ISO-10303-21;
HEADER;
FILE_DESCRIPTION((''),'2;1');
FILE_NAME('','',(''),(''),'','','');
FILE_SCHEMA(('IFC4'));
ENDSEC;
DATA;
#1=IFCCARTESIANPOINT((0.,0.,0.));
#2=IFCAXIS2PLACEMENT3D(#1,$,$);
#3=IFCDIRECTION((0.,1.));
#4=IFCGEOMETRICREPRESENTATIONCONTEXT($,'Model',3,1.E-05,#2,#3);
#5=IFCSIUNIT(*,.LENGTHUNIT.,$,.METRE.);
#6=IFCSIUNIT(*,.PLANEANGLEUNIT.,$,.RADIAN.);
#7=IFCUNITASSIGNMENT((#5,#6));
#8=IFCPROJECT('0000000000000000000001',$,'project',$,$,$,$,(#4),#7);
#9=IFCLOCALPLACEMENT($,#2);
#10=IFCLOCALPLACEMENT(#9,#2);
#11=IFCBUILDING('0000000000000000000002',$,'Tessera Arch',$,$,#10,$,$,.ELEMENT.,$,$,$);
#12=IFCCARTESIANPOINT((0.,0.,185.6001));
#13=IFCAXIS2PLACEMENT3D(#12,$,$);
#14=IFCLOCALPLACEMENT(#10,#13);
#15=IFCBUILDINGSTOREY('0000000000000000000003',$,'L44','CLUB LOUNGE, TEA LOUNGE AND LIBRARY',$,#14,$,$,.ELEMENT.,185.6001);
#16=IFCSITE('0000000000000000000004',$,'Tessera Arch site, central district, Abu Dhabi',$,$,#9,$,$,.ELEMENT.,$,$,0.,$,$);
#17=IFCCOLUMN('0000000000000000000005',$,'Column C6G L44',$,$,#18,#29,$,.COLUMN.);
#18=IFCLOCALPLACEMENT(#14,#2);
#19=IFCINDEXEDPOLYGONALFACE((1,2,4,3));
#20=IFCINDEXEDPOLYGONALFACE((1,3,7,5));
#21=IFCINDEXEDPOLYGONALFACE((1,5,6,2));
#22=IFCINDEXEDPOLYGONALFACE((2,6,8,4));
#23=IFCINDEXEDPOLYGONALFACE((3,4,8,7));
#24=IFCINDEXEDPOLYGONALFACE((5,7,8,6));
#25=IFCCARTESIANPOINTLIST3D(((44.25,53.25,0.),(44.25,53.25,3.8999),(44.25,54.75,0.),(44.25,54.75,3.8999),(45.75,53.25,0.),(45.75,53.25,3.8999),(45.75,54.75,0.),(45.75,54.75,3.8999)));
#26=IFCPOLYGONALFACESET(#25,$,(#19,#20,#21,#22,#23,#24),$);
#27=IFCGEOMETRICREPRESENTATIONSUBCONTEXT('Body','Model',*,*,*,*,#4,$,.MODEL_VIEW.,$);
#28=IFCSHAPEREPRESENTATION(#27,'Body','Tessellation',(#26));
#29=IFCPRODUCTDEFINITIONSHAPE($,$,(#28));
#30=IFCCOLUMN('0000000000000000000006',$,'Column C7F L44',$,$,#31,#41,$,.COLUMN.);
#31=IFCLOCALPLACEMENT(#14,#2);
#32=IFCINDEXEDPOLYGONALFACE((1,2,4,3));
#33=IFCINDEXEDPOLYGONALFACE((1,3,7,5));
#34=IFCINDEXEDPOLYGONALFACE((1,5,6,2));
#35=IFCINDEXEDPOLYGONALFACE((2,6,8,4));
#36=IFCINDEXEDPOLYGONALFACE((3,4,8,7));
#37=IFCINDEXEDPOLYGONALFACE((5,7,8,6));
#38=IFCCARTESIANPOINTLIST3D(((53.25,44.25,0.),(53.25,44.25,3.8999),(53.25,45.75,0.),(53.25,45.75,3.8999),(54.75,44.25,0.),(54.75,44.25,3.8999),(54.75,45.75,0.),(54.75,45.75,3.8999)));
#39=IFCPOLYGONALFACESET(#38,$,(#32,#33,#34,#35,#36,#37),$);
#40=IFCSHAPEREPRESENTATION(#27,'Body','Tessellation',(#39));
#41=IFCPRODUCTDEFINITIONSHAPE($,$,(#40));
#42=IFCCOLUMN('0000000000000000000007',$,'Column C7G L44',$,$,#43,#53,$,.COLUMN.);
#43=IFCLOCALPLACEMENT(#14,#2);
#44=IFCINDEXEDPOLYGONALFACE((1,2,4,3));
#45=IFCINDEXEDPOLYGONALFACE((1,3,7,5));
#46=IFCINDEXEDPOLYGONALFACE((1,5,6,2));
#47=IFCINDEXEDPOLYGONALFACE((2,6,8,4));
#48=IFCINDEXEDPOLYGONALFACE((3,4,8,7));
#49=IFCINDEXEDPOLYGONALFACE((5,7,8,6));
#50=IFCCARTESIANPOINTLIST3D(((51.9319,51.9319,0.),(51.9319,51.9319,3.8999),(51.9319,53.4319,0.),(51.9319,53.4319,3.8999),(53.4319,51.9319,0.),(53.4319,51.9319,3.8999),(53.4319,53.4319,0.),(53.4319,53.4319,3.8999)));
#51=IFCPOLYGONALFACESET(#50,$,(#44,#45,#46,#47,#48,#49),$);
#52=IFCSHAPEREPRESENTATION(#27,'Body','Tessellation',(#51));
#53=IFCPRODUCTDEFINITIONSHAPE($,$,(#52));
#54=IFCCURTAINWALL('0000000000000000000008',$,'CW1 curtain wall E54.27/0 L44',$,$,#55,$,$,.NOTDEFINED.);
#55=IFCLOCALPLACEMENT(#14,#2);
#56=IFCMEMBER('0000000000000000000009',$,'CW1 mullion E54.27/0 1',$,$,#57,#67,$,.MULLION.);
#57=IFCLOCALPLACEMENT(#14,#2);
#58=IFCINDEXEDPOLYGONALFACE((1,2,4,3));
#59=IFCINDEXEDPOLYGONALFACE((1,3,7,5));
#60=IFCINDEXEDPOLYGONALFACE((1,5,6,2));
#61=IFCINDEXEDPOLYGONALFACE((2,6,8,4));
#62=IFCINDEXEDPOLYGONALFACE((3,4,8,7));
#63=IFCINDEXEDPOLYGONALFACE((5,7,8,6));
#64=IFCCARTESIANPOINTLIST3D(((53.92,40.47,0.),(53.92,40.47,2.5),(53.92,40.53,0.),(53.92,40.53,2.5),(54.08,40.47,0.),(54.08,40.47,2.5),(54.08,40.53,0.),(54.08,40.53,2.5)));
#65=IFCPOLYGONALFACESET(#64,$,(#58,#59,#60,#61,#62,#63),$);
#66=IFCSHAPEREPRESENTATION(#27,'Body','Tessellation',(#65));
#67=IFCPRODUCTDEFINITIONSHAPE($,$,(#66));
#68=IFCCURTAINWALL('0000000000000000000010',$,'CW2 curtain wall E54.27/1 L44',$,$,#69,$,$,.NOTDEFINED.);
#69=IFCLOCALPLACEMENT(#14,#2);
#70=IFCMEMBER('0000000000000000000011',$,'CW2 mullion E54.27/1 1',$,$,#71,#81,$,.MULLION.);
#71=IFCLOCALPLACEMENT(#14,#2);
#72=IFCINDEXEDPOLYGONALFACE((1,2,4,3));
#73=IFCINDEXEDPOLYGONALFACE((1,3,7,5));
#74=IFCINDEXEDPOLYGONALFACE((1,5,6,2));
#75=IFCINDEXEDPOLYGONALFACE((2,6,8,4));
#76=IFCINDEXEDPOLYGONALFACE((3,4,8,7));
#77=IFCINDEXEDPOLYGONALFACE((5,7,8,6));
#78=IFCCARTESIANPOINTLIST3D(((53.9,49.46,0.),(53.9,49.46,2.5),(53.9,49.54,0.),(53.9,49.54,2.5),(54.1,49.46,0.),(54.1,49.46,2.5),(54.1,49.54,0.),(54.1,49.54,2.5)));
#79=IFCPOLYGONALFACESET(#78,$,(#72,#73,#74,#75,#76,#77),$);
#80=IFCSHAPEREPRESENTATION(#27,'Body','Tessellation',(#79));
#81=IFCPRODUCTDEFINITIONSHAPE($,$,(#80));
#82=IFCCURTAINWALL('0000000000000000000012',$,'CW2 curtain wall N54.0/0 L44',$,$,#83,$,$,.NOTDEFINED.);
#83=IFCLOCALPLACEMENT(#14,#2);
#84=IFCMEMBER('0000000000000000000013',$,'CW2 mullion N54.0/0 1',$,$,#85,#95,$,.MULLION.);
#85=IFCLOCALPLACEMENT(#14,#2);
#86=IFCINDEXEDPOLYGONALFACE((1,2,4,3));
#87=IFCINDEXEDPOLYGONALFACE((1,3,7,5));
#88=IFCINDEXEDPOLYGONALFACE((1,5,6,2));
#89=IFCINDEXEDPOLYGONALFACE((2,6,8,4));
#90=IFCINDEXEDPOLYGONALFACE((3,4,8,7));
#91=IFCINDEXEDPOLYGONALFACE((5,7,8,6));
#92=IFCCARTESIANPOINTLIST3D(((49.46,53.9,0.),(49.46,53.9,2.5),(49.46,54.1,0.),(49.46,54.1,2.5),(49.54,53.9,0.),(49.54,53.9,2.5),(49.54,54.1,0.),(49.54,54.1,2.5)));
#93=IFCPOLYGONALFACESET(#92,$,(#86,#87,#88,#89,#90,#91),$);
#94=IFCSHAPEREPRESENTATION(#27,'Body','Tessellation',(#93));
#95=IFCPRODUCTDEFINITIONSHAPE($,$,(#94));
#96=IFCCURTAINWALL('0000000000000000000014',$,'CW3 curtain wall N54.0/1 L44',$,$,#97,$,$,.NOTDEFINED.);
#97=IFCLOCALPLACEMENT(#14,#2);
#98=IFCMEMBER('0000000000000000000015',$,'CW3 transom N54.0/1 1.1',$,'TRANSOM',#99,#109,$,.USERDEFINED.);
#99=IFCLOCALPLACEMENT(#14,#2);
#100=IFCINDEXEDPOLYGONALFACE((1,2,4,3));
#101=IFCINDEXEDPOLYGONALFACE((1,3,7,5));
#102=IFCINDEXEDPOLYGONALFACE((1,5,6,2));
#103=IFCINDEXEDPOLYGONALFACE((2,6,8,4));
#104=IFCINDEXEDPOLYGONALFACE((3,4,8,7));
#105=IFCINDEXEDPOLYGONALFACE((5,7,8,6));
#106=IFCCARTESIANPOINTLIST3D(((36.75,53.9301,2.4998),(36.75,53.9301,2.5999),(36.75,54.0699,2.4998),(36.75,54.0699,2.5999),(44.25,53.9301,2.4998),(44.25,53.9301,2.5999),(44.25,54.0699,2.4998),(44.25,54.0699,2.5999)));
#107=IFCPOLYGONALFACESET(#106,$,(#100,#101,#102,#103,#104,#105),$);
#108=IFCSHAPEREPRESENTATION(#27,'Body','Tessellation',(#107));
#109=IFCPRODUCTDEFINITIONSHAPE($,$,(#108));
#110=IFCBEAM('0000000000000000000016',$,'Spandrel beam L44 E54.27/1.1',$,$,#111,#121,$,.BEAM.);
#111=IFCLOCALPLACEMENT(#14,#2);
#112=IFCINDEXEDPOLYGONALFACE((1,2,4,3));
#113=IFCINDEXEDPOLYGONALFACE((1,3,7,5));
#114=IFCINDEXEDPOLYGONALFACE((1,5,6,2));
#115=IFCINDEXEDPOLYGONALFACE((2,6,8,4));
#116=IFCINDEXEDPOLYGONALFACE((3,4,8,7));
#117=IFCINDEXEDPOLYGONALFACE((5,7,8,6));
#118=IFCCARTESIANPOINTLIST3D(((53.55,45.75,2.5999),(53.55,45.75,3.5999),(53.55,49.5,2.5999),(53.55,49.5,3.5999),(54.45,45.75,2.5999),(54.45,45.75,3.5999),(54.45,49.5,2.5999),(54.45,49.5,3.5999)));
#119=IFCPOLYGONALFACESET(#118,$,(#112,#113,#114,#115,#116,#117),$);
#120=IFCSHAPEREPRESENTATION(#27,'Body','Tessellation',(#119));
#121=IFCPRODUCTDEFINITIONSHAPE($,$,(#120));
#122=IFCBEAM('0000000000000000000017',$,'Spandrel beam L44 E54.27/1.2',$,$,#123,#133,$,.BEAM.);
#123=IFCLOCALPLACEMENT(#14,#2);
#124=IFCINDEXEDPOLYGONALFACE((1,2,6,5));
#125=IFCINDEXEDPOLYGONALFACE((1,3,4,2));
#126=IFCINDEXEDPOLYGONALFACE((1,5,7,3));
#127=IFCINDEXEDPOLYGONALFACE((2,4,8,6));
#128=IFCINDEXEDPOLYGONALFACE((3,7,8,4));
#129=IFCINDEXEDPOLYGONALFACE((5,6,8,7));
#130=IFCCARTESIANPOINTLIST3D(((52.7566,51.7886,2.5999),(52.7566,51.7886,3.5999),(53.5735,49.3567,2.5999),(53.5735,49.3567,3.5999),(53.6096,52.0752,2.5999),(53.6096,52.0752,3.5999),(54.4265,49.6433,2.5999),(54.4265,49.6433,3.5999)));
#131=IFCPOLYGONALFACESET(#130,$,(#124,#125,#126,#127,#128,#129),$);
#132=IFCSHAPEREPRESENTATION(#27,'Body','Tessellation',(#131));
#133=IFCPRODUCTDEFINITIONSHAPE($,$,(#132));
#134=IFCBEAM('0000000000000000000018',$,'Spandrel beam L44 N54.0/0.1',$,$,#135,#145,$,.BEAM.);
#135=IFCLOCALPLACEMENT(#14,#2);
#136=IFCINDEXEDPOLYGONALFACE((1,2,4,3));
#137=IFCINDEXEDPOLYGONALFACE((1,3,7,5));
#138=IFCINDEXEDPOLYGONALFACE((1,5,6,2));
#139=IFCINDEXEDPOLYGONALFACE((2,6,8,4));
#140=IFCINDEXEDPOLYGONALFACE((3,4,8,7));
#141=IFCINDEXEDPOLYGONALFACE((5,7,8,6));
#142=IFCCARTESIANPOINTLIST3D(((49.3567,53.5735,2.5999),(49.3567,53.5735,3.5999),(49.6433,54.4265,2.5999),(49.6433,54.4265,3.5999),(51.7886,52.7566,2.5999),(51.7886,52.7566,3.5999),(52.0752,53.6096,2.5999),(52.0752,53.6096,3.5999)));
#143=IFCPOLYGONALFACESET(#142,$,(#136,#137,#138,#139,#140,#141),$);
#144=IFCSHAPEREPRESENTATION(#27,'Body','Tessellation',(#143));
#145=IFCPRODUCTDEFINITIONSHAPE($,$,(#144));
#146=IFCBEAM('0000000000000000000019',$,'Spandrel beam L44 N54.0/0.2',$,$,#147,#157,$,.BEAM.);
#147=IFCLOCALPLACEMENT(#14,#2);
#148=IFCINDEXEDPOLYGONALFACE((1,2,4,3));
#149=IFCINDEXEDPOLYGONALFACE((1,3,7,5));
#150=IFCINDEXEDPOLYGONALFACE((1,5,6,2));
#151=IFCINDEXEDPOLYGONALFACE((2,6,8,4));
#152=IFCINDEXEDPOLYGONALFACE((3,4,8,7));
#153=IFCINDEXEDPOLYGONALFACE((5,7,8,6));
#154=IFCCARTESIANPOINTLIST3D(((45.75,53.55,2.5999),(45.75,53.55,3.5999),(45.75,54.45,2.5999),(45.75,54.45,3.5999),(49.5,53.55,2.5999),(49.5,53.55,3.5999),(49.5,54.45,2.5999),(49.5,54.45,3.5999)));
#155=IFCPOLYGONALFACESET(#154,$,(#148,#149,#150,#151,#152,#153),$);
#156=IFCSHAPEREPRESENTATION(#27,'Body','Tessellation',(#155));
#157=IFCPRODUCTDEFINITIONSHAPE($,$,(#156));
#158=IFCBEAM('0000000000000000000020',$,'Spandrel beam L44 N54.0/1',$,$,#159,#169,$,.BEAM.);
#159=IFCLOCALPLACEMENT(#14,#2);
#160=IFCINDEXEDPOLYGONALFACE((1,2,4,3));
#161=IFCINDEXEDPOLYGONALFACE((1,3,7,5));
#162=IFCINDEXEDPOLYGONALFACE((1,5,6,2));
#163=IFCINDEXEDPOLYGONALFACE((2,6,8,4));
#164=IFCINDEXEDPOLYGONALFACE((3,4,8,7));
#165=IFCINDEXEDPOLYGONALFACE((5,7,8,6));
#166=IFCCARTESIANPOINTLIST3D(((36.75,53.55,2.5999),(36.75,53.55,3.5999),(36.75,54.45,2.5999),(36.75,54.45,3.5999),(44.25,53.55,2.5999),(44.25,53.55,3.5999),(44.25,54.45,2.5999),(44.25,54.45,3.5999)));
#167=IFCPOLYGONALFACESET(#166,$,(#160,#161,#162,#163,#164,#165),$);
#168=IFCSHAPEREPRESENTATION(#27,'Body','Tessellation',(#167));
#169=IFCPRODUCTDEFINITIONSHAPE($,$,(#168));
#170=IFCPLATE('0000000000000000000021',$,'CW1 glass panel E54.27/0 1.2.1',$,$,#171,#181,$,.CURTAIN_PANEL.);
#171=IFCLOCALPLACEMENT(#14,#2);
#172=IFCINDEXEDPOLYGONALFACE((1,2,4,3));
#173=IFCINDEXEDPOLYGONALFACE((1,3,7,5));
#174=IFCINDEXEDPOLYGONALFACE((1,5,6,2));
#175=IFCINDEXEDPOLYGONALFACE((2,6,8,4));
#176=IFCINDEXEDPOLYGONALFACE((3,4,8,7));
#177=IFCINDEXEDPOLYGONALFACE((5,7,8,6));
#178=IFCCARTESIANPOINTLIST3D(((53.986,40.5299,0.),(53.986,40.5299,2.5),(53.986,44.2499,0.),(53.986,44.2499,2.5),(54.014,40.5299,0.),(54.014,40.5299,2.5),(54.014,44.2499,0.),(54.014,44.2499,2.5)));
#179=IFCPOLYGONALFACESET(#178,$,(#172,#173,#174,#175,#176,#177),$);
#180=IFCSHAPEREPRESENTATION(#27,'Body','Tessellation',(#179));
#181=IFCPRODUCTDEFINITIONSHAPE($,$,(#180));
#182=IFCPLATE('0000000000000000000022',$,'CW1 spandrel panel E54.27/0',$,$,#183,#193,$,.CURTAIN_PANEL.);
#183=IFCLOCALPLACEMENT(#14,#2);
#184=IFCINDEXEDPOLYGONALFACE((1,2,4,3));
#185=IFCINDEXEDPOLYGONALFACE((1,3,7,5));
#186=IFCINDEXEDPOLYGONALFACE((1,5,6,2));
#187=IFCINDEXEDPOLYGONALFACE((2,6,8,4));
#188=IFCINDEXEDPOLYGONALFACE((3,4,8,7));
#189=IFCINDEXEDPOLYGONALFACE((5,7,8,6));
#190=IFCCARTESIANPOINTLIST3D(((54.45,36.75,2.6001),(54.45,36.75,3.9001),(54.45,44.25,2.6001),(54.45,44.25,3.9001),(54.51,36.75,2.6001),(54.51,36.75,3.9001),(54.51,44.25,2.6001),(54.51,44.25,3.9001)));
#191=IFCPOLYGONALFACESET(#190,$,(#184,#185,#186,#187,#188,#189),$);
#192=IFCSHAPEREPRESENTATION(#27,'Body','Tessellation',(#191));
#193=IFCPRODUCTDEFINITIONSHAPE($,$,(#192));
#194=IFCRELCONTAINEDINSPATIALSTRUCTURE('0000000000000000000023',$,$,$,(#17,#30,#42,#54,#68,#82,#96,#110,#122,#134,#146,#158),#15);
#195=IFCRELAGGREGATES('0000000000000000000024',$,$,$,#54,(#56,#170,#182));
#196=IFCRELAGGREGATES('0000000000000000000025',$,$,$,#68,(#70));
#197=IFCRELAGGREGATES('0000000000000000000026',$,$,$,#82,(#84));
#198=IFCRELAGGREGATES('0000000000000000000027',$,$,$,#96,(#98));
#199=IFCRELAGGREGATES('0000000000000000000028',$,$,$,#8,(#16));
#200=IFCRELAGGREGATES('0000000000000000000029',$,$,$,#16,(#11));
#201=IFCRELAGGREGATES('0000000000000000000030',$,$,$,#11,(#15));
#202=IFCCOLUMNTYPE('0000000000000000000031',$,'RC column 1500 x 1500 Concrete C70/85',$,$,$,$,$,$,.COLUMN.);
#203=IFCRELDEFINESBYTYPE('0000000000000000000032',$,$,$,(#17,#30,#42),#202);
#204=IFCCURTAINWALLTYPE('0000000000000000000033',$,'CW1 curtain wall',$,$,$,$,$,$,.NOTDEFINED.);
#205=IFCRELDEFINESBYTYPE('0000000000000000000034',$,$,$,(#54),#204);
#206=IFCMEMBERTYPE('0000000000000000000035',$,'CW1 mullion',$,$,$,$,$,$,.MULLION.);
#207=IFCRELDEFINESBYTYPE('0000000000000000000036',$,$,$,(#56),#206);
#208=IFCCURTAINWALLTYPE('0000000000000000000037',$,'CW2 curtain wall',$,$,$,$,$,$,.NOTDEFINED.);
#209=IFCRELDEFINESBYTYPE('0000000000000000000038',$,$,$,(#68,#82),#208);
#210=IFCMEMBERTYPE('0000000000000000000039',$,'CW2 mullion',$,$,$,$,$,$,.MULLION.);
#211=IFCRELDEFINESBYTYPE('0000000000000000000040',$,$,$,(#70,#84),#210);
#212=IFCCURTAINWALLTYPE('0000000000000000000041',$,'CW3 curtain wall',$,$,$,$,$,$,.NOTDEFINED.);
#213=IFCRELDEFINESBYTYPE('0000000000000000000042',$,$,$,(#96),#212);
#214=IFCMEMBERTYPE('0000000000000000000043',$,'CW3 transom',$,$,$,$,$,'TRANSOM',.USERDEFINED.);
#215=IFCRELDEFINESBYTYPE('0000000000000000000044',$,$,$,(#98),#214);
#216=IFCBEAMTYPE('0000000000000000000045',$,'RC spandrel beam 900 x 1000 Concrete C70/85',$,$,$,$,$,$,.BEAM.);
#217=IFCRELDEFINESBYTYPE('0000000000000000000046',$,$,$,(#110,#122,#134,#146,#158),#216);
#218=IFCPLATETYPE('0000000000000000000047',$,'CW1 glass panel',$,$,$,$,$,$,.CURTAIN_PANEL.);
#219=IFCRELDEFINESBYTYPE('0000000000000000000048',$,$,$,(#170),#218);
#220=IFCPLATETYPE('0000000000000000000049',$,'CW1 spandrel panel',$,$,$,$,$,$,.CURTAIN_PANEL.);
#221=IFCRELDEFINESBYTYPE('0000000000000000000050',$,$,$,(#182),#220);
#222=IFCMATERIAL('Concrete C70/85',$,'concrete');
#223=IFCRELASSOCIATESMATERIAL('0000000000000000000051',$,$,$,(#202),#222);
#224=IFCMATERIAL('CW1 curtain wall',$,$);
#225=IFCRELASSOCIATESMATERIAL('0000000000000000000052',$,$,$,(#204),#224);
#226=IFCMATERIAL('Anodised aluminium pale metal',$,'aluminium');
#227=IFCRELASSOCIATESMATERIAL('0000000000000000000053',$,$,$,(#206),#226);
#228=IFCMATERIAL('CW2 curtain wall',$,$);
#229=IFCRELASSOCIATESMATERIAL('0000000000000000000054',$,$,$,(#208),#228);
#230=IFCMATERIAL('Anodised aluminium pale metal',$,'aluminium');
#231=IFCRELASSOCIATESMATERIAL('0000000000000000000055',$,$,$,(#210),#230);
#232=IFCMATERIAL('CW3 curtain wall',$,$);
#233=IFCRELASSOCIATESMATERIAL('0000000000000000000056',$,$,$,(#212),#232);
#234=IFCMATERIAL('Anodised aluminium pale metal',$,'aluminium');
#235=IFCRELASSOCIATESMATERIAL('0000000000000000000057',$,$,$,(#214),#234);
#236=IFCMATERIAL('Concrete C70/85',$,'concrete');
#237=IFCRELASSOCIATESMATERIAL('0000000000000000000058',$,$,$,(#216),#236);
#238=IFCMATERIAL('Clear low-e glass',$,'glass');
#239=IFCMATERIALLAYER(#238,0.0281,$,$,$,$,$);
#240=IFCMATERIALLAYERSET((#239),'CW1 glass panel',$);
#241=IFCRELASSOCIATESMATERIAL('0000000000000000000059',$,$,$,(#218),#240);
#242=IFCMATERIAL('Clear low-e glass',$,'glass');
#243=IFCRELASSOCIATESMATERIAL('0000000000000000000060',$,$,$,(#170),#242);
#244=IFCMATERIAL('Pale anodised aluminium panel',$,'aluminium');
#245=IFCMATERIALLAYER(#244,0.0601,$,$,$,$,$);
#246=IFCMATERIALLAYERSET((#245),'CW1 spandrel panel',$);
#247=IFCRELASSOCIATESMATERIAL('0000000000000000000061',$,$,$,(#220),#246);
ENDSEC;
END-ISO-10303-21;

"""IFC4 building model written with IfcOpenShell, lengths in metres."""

from ifc_helpers import new_model, si_unit, direction, frame, origin, origin_2d, place, context, subcontext, project, spatial, rectangle, extrude, material, layer, layer_set, material_profile, profile_set, type_object, element, aggregate, save


model = new_model("IFC4")

# Units and contexts
model_context = context("Model", 3, precision=1e-05, world=origin(), true_north=direction((0.0, 1.0)))
body_context = subcontext(model_context, "Body", "Model", "MODEL_VIEW")
ifc_project = project(units=[si_unit("LENGTHUNIT", "METRE"), si_unit("PLANEANGLEUNIT", "RADIAN")], contexts=[model_context])

# Site, building, storey
site_placement = place(None, origin())
site = spatial("IfcSite", under=ifc_project, at=site_placement, Name="Tessera Arch site, central district, Abu Dhabi", CompositionType="ELEMENT", RefElevation=0.0)
building_placement = place(site_placement, origin())
building = spatial("IfcBuilding", under=site, at=building_placement, Name="Tessera Arch", CompositionType="ELEMENT")
storey_placement = place(building_placement, frame((0.0, 0.0, 185.6001)))
storey = spatial("IfcBuildingStorey", under=building, at=storey_placement, Name="L44", Description="CLUB LOUNGE, TEA LOUNGE AND LIBRARY", CompositionType="ELEMENT", Elevation=185.6001)

# Columns
ifc_material_1 = material(Name="Concrete C70/85", Category="concrete")
ifc_material_profile_1 = material_profile(ifc_material_1, rectangle(XDim=1.5, YDim=1.5, at=origin_2d()), Name="RC column 1500 x 1500 Concrete C70/85")
ifc_profile_set_1 = profile_set([ifc_material_profile_1], Name="Concrete C70/85")
column_type = type_object("IfcColumnType", Name="RC column 1500 x 1500 Concrete C70/85", PredefinedType="COLUMN", material=ifc_profile_set_1)
for number, where, z_axis, x_axis, name in (
    (1, (45.0, 54.0, 0.0), (0.0, 0.0, 1.0), (1.0, 0.0, 0.0), "Column C6G L44"),
    (2, (54.0, 45.0, 0.0), (0.0, 0.0, 1.0), (1.0, 0.0, 0.0), "Column C7F L44"),
    (3, (52.6819, 52.6819, 0.0), (0.0, 0.0, 1.0), (1.0, 0.0, 0.0), "Column C7G L44"),
):
    element("IfcColumn", number, at=place(storey_placement, frame(where, z_axis=z_axis, x_axis=x_axis)), inside=storey, type_object=column_type, Name=name, PredefinedType="COLUMN", context=body_context, shape_type="SweptSolid", body=[
        extrude(rectangle(XDim=1.5, YDim=1.5, at=origin_2d()), origin(), (0.0, 0.0, 1.0), 3.8999),
    ])

# Curtain walls, members
ifc_material_2 = material(Name="CW1 curtain wall")
curtain_wall_type_1 = type_object("IfcCurtainWallType", Name="CW1 curtain wall", PredefinedType="NOTDEFINED", material=ifc_material_2)
curtain_wall_1_placement = place(storey_placement, origin())
curtain_wall_1 = element("IfcCurtainWall", 4, at=curtain_wall_1_placement, inside=storey, type_object=curtain_wall_type_1, Name="CW1 curtain wall E54.27/0 L44", PredefinedType="NOTDEFINED")
ifc_material_3 = material(Name="Anodised aluminium pale metal", Category="aluminium")
ifc_material_profile_2 = material_profile(ifc_material_3, rectangle(XDim=0.1599, YDim=0.0601, at=origin_2d()), Name="AL 60x160")
ifc_profile_set_2 = profile_set([ifc_material_profile_2], Name="Anodised aluminium pale metal")
member_type_1 = type_object("IfcMemberType", Name="CW1 mullion", PredefinedType="MULLION", material=ifc_profile_set_2)
member_1_placement = place(storey_placement, frame((54.0, 40.5, 0.0), z_axis=(0.0, 0.0, 1.0), x_axis=(-1.0, 0.0, 0.0)))
member_1 = element("IfcMember", 5, at=member_1_placement, type_object=member_type_1, Name="CW1 mullion E54.27/0 1", PredefinedType="MULLION", context=body_context, shape_type="SweptSolid", body=[
    extrude(rectangle(XDim=0.1599, YDim=0.0601, at=origin_2d()), origin(), (0.0, 0.0, 1.0), 2.5),
])
ifc_material_4 = material(Name="CW2 curtain wall")
curtain_wall_type_2 = type_object("IfcCurtainWallType", Name="CW2 curtain wall", PredefinedType="NOTDEFINED", material=ifc_material_4)
curtain_wall_2_placement = place(storey_placement, origin())
curtain_wall_2 = element("IfcCurtainWall", 6, at=curtain_wall_2_placement, inside=storey, type_object=curtain_wall_type_2, Name="CW2 curtain wall E54.27/1 L44", PredefinedType="NOTDEFINED")
ifc_material_5 = material(Name="Anodised aluminium pale metal", Category="aluminium")
ifc_material_profile_3 = material_profile(ifc_material_5, rectangle(XDim=0.2, YDim=0.0801, at=origin_2d()), Name="AL 80x200")
ifc_profile_set_3 = profile_set([ifc_material_profile_3], Name="Anodised aluminium pale metal")
member_type_2 = type_object("IfcMemberType", Name="CW2 mullion", PredefinedType="MULLION", material=ifc_profile_set_3)
member_2_placement = place(storey_placement, frame((54.0, 49.5, 0.0), z_axis=(0.0, 0.0, 1.0), x_axis=(-1.0, 0.0, 0.0)))
member_2 = element("IfcMember", 7, at=member_2_placement, type_object=member_type_2, Name="CW2 mullion E54.27/1 1", PredefinedType="MULLION", context=body_context, shape_type="SweptSolid", body=[
    extrude(rectangle(XDim=0.2, YDim=0.0801, at=origin_2d()), origin(), (0.0, 0.0, 1.0), 2.5),
])
curtain_wall_3_placement = place(storey_placement, origin())
curtain_wall_3 = element("IfcCurtainWall", 8, at=curtain_wall_3_placement, inside=storey, type_object=curtain_wall_type_2, Name="CW2 curtain wall N54.0/0 L44", PredefinedType="NOTDEFINED")
member_3_placement = place(storey_placement, frame((49.5, 54.0, 0.0), z_axis=(0.0, 0.0, 1.0), x_axis=(0.0, -1.0, 0.0)))
member_3 = element("IfcMember", 9, at=member_3_placement, type_object=member_type_2, Name="CW2 mullion N54.0/0 1", PredefinedType="MULLION", context=body_context, shape_type="SweptSolid", body=[
    extrude(rectangle(XDim=0.2, YDim=0.0801, at=origin_2d()), origin(), (0.0, 0.0, 1.0), 2.5),
])
ifc_material_6 = material(Name="CW3 curtain wall")
curtain_wall_type_3 = type_object("IfcCurtainWallType", Name="CW3 curtain wall", PredefinedType="NOTDEFINED", material=ifc_material_6)
curtain_wall_4_placement = place(storey_placement, origin())
curtain_wall_4 = element("IfcCurtainWall", 10, at=curtain_wall_4_placement, inside=storey, type_object=curtain_wall_type_3, Name="CW3 curtain wall N54.0/1 L44", PredefinedType="NOTDEFINED")
ifc_material_7 = material(Name="Anodised aluminium pale metal", Category="aluminium")
ifc_material_profile_4 = material_profile(ifc_material_7, rectangle(XDim=0.1399, YDim=0.1001, at=origin_2d()), Name="AL 140x100")
ifc_profile_set_4 = profile_set([ifc_material_profile_4], Name="Anodised aluminium pale metal")
member_type_3 = type_object("IfcMemberType", Name="CW3 transom", ElementType="TRANSOM", PredefinedType="USERDEFINED", material=ifc_profile_set_4)
member_4_placement = place(storey_placement, frame((44.25, 54.0, 2.5498), z_axis=(-1.0, 0.0, 0.0), x_axis=(0.0, -1.0, 0.0)))
member_4 = element("IfcMember", 11, at=member_4_placement, type_object=member_type_3, Name="CW3 transom N54.0/1 1.1", ObjectType="TRANSOM", PredefinedType="USERDEFINED", context=body_context, shape_type="SweptSolid", body=[
    extrude(rectangle(XDim=0.1399, YDim=0.1001, at=origin_2d()), origin(), (0.0, 0.0, 1.0), 7.5),
])

# Beams
ifc_material_8 = material(Name="Concrete C70/85", Category="concrete")
ifc_material_profile_5 = material_profile(ifc_material_8, rectangle(XDim=0.8999, YDim=1.0, at=origin_2d()), Name="RC spandrel beam 900 x 1000 Concrete C70/85")
ifc_profile_set_5 = profile_set([ifc_material_profile_5], Name="Concrete C70/85")
beam_type = type_object("IfcBeamType", Name="RC spandrel beam 900 x 1000 Concrete C70/85", PredefinedType="BEAM", material=ifc_profile_set_5)
beam_1_placement = place(storey_placement, frame((54.0, 45.75, 3.0999), z_axis=(0.0, 1.0, 0.0), x_axis=(-1.0, 0.0, 0.0)))
element("IfcBeam", 12, at=beam_1_placement, inside=storey, type_object=beam_type, Name="Spandrel beam L44 E54.27/1.1", PredefinedType="BEAM", context=body_context, shape_type="SweptSolid", body=[
    extrude(rectangle(XDim=0.8999, YDim=1.0, at=origin_2d()), origin(), (0.0, 0.0, 1.0), 3.75),
])
for number, where, z_axis, x_axis, name in (
    (13, (54.0, 49.5, 3.0999), (-0.318425, 0.947948, 0.0), (-0.947948, -0.318425, 0.0), "Spandrel beam L44 E54.27/1.2"),
    (14, (51.9319, 53.1831, 3.0999), (-0.947948, 0.318425, 0.0), (-0.318425, -0.947948, 0.0), "Spandrel beam L44 N54.0/0.1"),
):
    element("IfcBeam", number, at=place(storey_placement, frame(where, z_axis=z_axis, x_axis=x_axis)), inside=storey, type_object=beam_type, Name=name, PredefinedType="BEAM", context=body_context, shape_type="SweptSolid", body=[
        extrude(rectangle(XDim=0.8999, YDim=1.0, at=origin_2d()), origin(), (0.0, 0.0, 1.0), 2.5654),
    ])
beam_2_placement = place(storey_placement, frame((49.5, 54.0, 3.0999), z_axis=(-1.0, 0.0, 0.0), x_axis=(0.0, -1.0, 0.0)))
element("IfcBeam", 15, at=beam_2_placement, inside=storey, type_object=beam_type, Name="Spandrel beam L44 N54.0/0.2", PredefinedType="BEAM", context=body_context, shape_type="SweptSolid", body=[
    extrude(rectangle(XDim=0.8999, YDim=1.0, at=origin_2d()), origin(), (0.0, 0.0, 1.0), 3.75),
])
beam_3_placement = place(storey_placement, frame((44.25, 54.0, 3.0999), z_axis=(-1.0, 0.0, 0.0), x_axis=(0.0, -1.0, 0.0)))
element("IfcBeam", 16, at=beam_3_placement, inside=storey, type_object=beam_type, Name="Spandrel beam L44 N54.0/1", PredefinedType="BEAM", context=body_context, shape_type="SweptSolid", body=[
    extrude(rectangle(XDim=0.8999, YDim=1.0, at=origin_2d()), origin(), (0.0, 0.0, 1.0), 7.5),
])

# Plates
ifc_material_9 = material(Name="Clear low-e glass", Category="glass")
ifc_material_10 = material(Name="Clear low-e glass", Category="glass")
ifc_layer_1 = layer(ifc_material_10, 0.0281)
ifc_layer_set_1 = layer_set([ifc_layer_1], Name="CW1 glass panel")
plate_type_1 = type_object("IfcPlateType", Name="CW1 glass panel", PredefinedType="CURTAIN_PANEL", material=ifc_layer_set_1)
plate_1_placement = place(storey_placement, frame((54.0, 42.3899, 0.0), z_axis=(0.0, 0.0, 1.0), x_axis=(0.0, 1.0, 0.0)))
plate_1 = element("IfcPlate", 17, at=plate_1_placement, type_object=plate_type_1, material=ifc_material_9, Name="CW1 glass panel E54.27/0 1.2.1", PredefinedType="CURTAIN_PANEL", context=body_context, shape_type="SweptSolid", body=[
    extrude(rectangle(XDim=3.72, YDim=0.0281, at=origin_2d()), origin(), (0.0, 0.0, 1.0), 2.5),
])
ifc_material_11 = material(Name="Pale anodised aluminium panel", Category="aluminium")
ifc_layer_2 = layer(ifc_material_11, 0.0601)
ifc_layer_set_2 = layer_set([ifc_layer_2], Name="CW1 spandrel panel")
plate_type_2 = type_object("IfcPlateType", Name="CW1 spandrel panel", PredefinedType="CURTAIN_PANEL", material=ifc_layer_set_2)
plate_2_placement = place(storey_placement, frame((54.48, 40.5, 2.6001), z_axis=(0.0, 0.0, 1.0), x_axis=(0.0, 1.0, 0.0)))
plate_2 = element("IfcPlate", 18, at=plate_2_placement, type_object=plate_type_2, Name="CW1 spandrel panel E54.27/0", PredefinedType="CURTAIN_PANEL", context=body_context, shape_type="SweptSolid", body=[
    extrude(rectangle(XDim=7.5, YDim=0.0601, at=origin_2d()), origin(), (0.0, 0.0, 1.0), 1.3),
])
aggregate(curtain_wall_1, [member_1, plate_1, plate_2])
aggregate(curtain_wall_2, [member_2])
aggregate(curtain_wall_3, [member_3])
aggregate(curtain_wall_4, [member_4])

save(model, "model.ifc")
